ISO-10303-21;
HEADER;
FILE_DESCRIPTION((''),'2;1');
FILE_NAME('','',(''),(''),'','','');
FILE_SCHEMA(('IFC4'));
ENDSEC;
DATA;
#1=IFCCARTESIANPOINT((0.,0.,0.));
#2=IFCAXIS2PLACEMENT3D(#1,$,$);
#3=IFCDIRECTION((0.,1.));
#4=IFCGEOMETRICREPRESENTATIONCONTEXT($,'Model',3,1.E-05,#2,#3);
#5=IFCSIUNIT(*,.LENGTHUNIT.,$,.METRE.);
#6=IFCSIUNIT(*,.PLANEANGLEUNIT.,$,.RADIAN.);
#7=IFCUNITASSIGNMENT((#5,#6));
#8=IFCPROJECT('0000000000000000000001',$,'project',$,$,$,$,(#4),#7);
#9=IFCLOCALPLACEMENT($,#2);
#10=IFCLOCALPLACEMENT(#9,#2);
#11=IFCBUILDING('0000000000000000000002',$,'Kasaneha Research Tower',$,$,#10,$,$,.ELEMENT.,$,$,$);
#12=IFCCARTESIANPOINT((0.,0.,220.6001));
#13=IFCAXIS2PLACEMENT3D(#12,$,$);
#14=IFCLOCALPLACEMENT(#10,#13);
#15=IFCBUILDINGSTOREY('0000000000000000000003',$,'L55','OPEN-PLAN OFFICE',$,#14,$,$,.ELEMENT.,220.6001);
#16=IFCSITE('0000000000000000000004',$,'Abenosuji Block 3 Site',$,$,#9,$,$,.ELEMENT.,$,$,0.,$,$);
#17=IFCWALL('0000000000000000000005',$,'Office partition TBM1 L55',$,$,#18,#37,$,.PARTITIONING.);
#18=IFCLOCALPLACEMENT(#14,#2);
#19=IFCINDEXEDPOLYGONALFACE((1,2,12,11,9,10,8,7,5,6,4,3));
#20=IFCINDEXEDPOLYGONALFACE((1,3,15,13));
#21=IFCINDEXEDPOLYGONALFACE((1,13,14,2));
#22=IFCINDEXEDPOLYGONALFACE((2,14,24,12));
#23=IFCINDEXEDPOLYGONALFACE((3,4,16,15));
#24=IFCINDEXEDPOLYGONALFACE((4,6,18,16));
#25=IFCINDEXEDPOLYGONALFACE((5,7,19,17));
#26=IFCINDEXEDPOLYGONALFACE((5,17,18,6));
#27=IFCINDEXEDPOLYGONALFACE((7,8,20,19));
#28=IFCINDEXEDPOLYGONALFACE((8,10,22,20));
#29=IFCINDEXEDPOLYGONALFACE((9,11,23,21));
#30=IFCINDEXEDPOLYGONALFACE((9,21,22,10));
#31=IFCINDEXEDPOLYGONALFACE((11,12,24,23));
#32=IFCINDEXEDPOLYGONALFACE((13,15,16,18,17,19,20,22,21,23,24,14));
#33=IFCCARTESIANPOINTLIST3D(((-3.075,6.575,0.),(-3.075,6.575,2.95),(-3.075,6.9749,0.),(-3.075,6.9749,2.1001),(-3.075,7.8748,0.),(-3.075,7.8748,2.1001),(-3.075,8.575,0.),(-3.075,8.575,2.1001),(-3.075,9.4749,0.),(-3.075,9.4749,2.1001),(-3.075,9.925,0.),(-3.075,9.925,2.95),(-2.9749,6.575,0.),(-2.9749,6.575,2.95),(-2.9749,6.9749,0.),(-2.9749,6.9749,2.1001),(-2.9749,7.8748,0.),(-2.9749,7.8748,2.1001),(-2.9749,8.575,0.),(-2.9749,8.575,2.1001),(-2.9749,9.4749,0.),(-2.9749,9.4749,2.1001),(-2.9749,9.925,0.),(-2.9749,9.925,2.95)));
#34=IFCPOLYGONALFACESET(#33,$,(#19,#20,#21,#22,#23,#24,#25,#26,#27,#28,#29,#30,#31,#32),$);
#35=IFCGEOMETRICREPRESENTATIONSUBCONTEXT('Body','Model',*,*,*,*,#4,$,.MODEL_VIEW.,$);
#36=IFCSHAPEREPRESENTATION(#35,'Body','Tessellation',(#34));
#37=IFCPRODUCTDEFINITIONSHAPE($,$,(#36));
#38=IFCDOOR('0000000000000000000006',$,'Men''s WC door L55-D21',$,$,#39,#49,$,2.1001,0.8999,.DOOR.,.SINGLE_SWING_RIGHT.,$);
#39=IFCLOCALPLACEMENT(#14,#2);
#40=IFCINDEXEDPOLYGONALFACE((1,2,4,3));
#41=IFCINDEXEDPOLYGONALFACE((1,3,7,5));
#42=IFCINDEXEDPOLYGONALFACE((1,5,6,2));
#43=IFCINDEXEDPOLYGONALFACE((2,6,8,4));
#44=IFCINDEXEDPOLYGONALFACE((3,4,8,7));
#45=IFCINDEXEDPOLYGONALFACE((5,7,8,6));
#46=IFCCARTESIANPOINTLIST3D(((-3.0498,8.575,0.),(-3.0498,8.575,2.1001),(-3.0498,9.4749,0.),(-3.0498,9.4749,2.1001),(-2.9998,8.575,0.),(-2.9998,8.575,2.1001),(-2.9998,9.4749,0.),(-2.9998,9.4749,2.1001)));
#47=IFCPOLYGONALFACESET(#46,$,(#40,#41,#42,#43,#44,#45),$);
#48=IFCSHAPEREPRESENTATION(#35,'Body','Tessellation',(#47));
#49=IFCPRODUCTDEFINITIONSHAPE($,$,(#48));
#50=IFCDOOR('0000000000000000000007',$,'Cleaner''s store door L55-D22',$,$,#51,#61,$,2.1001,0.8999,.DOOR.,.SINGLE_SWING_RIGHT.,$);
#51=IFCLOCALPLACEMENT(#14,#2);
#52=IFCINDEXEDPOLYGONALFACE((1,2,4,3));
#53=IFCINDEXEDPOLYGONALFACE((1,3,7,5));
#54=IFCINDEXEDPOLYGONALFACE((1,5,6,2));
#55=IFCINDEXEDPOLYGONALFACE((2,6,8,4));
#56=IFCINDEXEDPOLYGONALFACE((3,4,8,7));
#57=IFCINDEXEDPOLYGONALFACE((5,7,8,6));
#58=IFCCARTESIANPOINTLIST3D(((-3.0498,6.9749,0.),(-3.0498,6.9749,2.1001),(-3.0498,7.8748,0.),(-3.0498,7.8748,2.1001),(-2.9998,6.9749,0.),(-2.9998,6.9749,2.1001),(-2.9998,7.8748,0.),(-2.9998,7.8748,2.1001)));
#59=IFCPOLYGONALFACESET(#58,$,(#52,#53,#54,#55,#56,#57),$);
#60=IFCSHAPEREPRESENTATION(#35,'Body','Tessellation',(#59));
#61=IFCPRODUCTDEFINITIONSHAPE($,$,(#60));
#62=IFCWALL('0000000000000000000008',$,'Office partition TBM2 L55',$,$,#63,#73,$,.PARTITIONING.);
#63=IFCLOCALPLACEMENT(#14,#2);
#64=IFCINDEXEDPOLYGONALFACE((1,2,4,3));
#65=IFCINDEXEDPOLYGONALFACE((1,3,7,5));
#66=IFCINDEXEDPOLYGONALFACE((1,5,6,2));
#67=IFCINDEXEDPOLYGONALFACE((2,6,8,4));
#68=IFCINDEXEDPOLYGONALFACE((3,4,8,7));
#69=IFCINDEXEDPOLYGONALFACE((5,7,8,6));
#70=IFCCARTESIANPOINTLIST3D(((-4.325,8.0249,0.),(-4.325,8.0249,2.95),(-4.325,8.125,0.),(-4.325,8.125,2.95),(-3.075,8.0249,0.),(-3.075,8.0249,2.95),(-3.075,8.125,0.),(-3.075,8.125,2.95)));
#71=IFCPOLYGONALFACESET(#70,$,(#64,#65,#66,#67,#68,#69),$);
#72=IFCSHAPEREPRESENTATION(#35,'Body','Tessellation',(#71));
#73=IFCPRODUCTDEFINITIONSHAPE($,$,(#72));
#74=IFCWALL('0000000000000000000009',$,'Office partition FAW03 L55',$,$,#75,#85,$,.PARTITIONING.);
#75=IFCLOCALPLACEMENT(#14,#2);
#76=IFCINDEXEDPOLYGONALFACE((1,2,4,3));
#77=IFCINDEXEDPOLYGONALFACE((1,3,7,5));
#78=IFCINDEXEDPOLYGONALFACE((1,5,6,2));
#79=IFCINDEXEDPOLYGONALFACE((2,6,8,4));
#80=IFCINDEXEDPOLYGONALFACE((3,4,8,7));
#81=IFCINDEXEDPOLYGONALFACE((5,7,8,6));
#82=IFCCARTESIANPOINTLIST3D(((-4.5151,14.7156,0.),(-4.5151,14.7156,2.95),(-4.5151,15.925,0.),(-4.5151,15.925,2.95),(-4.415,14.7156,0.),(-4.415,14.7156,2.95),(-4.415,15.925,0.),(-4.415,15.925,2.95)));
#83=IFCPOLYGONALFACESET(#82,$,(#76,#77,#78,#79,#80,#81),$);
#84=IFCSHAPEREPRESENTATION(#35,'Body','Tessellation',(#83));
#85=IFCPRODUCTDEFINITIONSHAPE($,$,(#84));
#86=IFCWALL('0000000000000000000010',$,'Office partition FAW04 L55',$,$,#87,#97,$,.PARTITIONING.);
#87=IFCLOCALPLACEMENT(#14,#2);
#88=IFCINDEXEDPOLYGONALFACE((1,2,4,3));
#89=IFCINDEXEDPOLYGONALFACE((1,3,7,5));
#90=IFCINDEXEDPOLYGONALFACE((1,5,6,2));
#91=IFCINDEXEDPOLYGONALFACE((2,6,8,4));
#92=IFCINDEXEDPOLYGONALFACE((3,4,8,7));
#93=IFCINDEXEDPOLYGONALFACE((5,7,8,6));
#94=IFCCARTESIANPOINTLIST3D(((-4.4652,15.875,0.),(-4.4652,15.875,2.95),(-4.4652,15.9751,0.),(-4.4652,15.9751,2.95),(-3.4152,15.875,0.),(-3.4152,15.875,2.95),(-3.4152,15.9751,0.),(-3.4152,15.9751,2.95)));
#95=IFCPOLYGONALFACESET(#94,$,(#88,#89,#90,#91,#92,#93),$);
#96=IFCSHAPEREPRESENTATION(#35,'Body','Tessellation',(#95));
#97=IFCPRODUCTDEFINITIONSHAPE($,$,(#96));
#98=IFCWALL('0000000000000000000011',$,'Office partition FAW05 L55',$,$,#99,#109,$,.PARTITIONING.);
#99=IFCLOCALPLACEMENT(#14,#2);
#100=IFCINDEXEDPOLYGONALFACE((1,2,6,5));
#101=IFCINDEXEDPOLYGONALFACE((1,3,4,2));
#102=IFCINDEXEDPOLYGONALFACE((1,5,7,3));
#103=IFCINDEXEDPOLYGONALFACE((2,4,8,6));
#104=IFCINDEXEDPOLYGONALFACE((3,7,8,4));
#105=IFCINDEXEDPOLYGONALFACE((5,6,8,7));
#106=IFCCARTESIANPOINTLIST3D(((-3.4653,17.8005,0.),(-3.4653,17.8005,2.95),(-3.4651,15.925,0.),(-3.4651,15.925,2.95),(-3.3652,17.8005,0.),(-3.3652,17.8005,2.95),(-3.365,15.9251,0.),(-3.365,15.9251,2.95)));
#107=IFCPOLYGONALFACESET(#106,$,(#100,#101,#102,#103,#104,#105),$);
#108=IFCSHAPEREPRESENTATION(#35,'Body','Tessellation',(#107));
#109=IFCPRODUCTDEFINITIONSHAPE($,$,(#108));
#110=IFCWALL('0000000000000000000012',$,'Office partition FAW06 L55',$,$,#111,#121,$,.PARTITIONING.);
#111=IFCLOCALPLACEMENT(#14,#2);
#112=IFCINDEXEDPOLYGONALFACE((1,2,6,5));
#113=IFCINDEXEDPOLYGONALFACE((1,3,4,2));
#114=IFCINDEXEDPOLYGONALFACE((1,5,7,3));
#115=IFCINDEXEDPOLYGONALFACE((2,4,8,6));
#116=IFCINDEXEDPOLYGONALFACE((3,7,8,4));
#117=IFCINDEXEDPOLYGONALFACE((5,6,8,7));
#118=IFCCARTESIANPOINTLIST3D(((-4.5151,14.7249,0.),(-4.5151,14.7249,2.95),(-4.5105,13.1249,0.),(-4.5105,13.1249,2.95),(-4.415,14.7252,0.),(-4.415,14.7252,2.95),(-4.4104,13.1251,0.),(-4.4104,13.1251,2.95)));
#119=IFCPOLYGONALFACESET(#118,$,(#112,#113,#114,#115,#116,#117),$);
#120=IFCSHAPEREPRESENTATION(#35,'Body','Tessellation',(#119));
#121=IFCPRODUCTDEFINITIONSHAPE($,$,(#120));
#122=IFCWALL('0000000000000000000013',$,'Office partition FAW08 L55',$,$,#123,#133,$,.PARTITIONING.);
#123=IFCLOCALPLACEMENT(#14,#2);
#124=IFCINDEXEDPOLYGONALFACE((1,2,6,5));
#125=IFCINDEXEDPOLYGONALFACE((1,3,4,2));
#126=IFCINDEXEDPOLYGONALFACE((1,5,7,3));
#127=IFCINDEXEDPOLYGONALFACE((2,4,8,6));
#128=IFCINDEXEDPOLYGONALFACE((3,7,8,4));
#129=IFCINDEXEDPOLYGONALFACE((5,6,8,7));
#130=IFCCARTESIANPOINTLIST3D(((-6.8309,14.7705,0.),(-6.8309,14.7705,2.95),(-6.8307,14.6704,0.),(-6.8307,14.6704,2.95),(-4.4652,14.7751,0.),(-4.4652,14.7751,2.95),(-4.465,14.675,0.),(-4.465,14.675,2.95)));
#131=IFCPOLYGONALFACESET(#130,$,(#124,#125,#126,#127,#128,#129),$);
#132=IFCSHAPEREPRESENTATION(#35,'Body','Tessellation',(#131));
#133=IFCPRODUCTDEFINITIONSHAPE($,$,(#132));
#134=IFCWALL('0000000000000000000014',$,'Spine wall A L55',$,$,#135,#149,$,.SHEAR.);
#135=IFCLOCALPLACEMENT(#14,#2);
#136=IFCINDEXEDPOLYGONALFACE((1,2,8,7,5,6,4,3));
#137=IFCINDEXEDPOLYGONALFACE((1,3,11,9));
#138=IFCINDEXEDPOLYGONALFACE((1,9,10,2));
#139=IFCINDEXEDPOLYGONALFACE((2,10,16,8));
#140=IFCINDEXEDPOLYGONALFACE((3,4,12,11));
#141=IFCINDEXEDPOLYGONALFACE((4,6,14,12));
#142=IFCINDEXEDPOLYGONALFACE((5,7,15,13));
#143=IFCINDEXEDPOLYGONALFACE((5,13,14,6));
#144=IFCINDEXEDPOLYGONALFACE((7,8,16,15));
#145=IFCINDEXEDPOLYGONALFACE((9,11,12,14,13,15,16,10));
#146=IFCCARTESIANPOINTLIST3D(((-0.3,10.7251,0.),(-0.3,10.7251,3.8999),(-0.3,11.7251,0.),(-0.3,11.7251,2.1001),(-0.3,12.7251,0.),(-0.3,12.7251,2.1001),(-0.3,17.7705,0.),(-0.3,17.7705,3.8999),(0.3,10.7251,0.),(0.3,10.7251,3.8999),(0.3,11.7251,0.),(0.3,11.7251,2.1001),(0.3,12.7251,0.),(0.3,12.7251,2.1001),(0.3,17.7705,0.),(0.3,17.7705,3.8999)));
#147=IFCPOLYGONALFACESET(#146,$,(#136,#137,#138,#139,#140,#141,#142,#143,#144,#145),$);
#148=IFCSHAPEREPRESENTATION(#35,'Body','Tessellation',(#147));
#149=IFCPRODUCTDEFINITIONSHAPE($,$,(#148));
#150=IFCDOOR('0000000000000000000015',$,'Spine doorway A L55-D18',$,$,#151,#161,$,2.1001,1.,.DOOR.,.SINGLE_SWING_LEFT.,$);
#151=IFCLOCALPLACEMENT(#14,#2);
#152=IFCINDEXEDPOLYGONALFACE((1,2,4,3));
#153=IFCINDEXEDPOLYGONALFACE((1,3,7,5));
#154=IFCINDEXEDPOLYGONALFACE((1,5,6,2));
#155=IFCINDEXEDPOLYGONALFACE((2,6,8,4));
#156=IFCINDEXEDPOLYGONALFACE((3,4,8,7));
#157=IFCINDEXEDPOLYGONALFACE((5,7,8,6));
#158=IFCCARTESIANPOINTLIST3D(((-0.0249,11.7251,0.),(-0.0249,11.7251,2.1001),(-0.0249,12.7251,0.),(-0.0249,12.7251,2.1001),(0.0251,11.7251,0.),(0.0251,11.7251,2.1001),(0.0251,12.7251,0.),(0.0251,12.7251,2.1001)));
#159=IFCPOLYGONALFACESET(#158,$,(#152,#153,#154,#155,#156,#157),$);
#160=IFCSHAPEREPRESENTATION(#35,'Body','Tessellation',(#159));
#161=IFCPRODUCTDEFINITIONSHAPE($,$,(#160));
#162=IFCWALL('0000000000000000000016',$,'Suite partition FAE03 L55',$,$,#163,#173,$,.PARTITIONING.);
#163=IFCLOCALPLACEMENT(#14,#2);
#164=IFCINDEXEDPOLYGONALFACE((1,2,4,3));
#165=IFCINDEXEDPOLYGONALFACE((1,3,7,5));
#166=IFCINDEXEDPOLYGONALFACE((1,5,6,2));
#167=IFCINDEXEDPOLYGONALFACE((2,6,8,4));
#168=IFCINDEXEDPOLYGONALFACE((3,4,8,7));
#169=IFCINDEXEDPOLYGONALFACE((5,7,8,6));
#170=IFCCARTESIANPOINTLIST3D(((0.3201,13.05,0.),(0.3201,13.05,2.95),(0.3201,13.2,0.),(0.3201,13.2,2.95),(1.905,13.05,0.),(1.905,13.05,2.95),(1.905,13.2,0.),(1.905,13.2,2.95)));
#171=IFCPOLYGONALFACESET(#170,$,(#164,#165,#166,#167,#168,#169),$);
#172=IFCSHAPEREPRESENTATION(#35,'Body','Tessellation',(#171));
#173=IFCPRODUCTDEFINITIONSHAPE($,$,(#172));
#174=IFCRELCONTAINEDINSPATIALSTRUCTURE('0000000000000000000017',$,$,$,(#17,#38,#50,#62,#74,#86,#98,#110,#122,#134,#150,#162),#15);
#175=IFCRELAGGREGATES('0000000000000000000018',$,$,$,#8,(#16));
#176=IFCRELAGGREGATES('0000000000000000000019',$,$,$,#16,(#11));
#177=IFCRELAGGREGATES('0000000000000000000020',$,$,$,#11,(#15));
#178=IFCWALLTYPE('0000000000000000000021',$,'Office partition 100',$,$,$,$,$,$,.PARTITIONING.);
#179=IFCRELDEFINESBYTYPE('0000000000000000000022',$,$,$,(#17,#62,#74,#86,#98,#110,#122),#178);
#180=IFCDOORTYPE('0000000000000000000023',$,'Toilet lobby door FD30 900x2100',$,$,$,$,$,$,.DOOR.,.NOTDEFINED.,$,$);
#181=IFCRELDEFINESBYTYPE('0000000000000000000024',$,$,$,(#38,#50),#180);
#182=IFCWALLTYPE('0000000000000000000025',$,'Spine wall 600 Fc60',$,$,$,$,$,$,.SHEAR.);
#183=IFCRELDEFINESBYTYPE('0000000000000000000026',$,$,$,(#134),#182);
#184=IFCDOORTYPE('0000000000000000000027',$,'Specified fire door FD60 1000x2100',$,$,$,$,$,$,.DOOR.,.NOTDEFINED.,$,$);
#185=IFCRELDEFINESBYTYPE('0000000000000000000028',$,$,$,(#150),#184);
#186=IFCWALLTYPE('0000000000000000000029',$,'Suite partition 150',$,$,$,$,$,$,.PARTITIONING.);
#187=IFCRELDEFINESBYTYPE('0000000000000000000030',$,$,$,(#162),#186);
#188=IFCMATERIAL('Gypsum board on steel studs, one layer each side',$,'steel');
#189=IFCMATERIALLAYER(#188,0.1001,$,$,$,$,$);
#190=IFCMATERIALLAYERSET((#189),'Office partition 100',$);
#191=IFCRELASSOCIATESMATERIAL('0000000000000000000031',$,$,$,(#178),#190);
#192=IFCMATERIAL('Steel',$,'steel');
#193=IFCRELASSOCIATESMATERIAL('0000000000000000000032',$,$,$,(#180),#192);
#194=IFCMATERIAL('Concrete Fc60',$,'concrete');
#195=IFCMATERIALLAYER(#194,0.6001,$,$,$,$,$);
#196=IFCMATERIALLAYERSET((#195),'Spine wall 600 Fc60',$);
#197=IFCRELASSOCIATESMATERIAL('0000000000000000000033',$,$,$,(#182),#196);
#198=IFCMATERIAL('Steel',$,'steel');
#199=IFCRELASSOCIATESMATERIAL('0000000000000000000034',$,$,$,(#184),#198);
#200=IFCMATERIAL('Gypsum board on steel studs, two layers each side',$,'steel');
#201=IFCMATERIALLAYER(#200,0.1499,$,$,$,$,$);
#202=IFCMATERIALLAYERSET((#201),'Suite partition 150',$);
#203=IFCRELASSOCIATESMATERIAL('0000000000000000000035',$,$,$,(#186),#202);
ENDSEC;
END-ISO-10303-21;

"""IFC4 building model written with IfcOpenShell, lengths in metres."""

from ifc_helpers import new_model, si_unit, direction, frame, frame_2d, origin, place, context, subcontext, project, spatial, rectangle, extrude, material, layer, layer_set, type_object, element, fill, save


model = new_model("IFC4")

# Units and contexts
model_context = context("Model", 3, precision=1e-05, world=origin(), true_north=direction((0.0, 1.0)))
body_context = subcontext(model_context, "Body", "Model", "MODEL_VIEW")
ifc_project = project(units=[si_unit("LENGTHUNIT", "METRE"), si_unit("PLANEANGLEUNIT", "RADIAN")], contexts=[model_context])

# Site, building, storey
site_placement = place(None, origin())
site = spatial("IfcSite", under=ifc_project, at=site_placement, Name="Abenosuji Block 3 Site", CompositionType="ELEMENT", RefElevation=0.0)
building_placement = place(site_placement, origin())
building = spatial("IfcBuilding", under=site, at=building_placement, Name="Kasaneha Research Tower", CompositionType="ELEMENT")
storey_placement = place(building_placement, frame((0.0, 0.0, 220.6001)))
storey = spatial("IfcBuildingStorey", under=building, at=storey_placement, Name="L55", Description="OPEN-PLAN OFFICE", CompositionType="ELEMENT", Elevation=220.6001)

# Wall, openings, doors
ifc_material_1 = material(Name="Gypsum board on steel studs, one layer each side", Category="steel")
ifc_layer_1 = layer(ifc_material_1, 0.1001)
ifc_layer_set_1 = layer_set([ifc_layer_1], Name="Office partition 100")
wall_type_1 = type_object("IfcWallType", Name="Office partition 100", PredefinedType="PARTITIONING", material=ifc_layer_set_1)
wall_1_placement = place(storey_placement, frame((-3.0249, 6.575, 0.0), z_axis=(0.0, 0.0, 1.0), x_axis=(0.0, 1.0, 0.0)))
wall_1 = element("IfcWall", 1, at=wall_1_placement, inside=storey, type_object=wall_type_1, Name="Office partition TBM1 L55", PredefinedType="PARTITIONING", context=body_context, shape_type="SweptSolid", body=[
    extrude(rectangle(XDim=3.3501, YDim=0.1001, at=frame_2d((1.675, 0.0))), origin(), (0.0, 0.0, 1.0), 2.95),
])
opening_1_placement = place(wall_1_placement, frame((2.0, 0.0, 0.0)))
opening_1 = element("IfcOpeningElement", 2, at=opening_1_placement, cuts=wall_1, PredefinedType="OPENING", context=body_context, shape_type="SweptSolid", body=[
    extrude(rectangle(XDim=0.8999, YDim=2.1001, at=frame_2d((0.45, 1.05))), frame((0.0, 0.0601, 0.0), z_axis=(0.0, -1.0, 0.0), x_axis=(1.0, 0.0, 0.0)), (0.0, 0.0, 1.0), 0.1201),
])
opening_2_placement = place(wall_1_placement, frame((0.3999, 0.0, 0.0)))
opening_2 = element("IfcOpeningElement", 3, at=opening_2_placement, cuts=wall_1, PredefinedType="OPENING", context=body_context, shape_type="SweptSolid", body=[
    extrude(rectangle(XDim=0.8999, YDim=2.1001, at=frame_2d((0.45, 1.05))), frame((0.0, 0.0601, 0.0), z_axis=(0.0, -1.0, 0.0), x_axis=(1.0, 0.0, 0.0)), (0.0, 0.0, 1.0), 0.1201),
])
ifc_material_2 = material(Name="Steel", Category="steel")
door_type_1 = type_object("IfcDoorType", Name="Toilet lobby door FD30 900x2100", OperationType="NOTDEFINED", PredefinedType="DOOR", material=ifc_material_2)
door_1_placement = place(opening_1_placement, origin())
door_1 = element("IfcDoor", 4, at=door_1_placement, inside=storey, type_object=door_type_1, Name="Men's WC door L55-D21", OperationType="SINGLE_SWING_RIGHT", OverallHeight=2.1001, OverallWidth=0.8999, PredefinedType="DOOR", context=body_context, shape_type="SweptSolid", body=[
    extrude(rectangle(XDim=0.8999, YDim=2.1001, at=frame_2d((0.45, 1.05))), frame((0.0, 0.0249, 0.0), z_axis=(0.0, -1.0, 0.0), x_axis=(1.0, 0.0, 0.0)), (0.0, 0.0, 1.0), 0.05),
])
fill(opening_1, door_1)
door_2_placement = place(opening_2_placement, origin())
door_2 = element("IfcDoor", 5, at=door_2_placement, inside=storey, type_object=door_type_1, Name="Cleaner's store door L55-D22", OperationType="SINGLE_SWING_RIGHT", OverallHeight=2.1001, OverallWidth=0.8999, PredefinedType="DOOR", context=body_context, shape_type="SweptSolid", body=[
    extrude(rectangle(XDim=0.8999, YDim=2.1001, at=frame_2d((0.45, 1.05))), frame((0.0, 0.0249, 0.0), z_axis=(0.0, -1.0, 0.0), x_axis=(1.0, 0.0, 0.0)), (0.0, 0.0, 1.0), 0.05),
])
fill(opening_2, door_2)

# Walls
wall_2_placement = place(storey_placement, frame((-3.075, 8.075, 0.0), z_axis=(0.0, 0.0, 1.0), x_axis=(-1.0, 0.0, 0.0)))
element("IfcWall", 6, at=wall_2_placement, inside=storey, type_object=wall_type_1, Name="Office partition TBM2 L55", PredefinedType="PARTITIONING", context=body_context, shape_type="SweptSolid", body=[
    extrude(rectangle(XDim=1.25, YDim=0.1001, at=frame_2d((0.625, 0.0))), origin(), (0.0, 0.0, 1.0), 2.95),
])
wall_3_placement = place(storey_placement, frame((-4.4651, 14.7156, 0.0), z_axis=(0.0, 0.0, 1.0), x_axis=(0.0, 1.0, 0.0)))
element("IfcWall", 7, at=wall_3_placement, inside=storey, type_object=wall_type_1, Name="Office partition FAW03 L55", PredefinedType="PARTITIONING", context=body_context, shape_type="SweptSolid", body=[
    extrude(rectangle(XDim=1.2095, YDim=0.1001, at=frame_2d((0.6047, 0.0))), origin(), (0.0, 0.0, 1.0), 2.95),
])
wall_4_placement = place(storey_placement, frame((-4.4651, 15.925, 0.0), z_axis=(0.0, 0.0, 1.0), x_axis=(1.0, 0.0, 0.0)))
element("IfcWall", 8, at=wall_4_placement, inside=storey, type_object=wall_type_1, Name="Office partition FAW04 L55", PredefinedType="PARTITIONING", context=body_context, shape_type="SweptSolid", body=[
    extrude(rectangle(XDim=1.05, YDim=0.1001, at=frame_2d((0.5249, 0.0))), origin(), (0.0, 0.0, 1.0), 2.95),
])
wall_5_placement = place(storey_placement, frame((-3.415, 15.925, 0.0), z_axis=(0.0, 0.0, 1.0), x_axis=(-0.00013, 1.0, 0.0)))
element("IfcWall", 9, at=wall_5_placement, inside=storey, type_object=wall_type_1, Name="Office partition FAW05 L55", PredefinedType="PARTITIONING", context=body_context, shape_type="SweptSolid", body=[
    extrude(rectangle(XDim=1.8755, YDim=0.1001, at=frame_2d((0.9377, 0.0))), origin(), (0.0, 0.0, 1.0), 2.95),
])
wall_6_placement = place(storey_placement, frame((-4.4604, 13.125, 0.0), z_axis=(0.0, 0.0, 1.0), x_axis=(-0.002899, 0.999996, 0.0)))
element("IfcWall", 10, at=wall_6_placement, inside=storey, type_object=wall_type_1, Name="Office partition FAW06 L55", PredefinedType="PARTITIONING", context=body_context, shape_type="SweptSolid", body=[
    extrude(rectangle(XDim=1.6001, YDim=0.1001, at=frame_2d((0.8, 0.0))), origin(), (0.0, 0.0, 1.0), 2.95),
])
wall_7_placement = place(storey_placement, frame((-4.4651, 14.7251, 0.0), z_axis=(0.0, 0.0, 1.0), x_axis=(-0.999998, -0.001961, 0.0)))
element("IfcWall", 11, at=wall_7_placement, inside=storey, type_object=wall_type_1, Name="Office partition FAW08 L55", PredefinedType="PARTITIONING", context=body_context, shape_type="SweptSolid", body=[
    extrude(rectangle(XDim=2.3657, YDim=0.1001, at=frame_2d((1.1829, 0.0))), origin(), (0.0, 0.0, 1.0), 2.95),
])

# Wall, opening, door
ifc_material_3 = material(Name="Concrete Fc60", Category="concrete")
ifc_layer_2 = layer(ifc_material_3, 0.6001)
ifc_layer_set_2 = layer_set([ifc_layer_2], Name="Spine wall 600 Fc60")
wall_type_2 = type_object("IfcWallType", Name="Spine wall 600 Fc60", PredefinedType="SHEAR", material=ifc_layer_set_2)
wall_8_placement = place(storey_placement, frame((0.0, 10.7251, 0.0), z_axis=(0.0, 0.0, 1.0), x_axis=(0.0, 1.0, 0.0)))
wall_8 = element("IfcWall", 12, at=wall_8_placement, inside=storey, type_object=wall_type_2, Name="Spine wall A L55", PredefinedType="SHEAR", context=body_context, shape_type="SweptSolid", body=[
    extrude(rectangle(XDim=7.0454, YDim=0.6001, at=frame_2d((3.5227, 0.0))), origin(), (0.0, 0.0, 1.0), 3.8999),
])
opening_3_placement = place(wall_8_placement, frame((1.0, 0.0, 0.0)))
opening_3 = element("IfcOpeningElement", 13, at=opening_3_placement, cuts=wall_8, PredefinedType="OPENING", context=body_context, shape_type="SweptSolid", body=[
    extrude(rectangle(XDim=1.0, YDim=2.1001, at=frame_2d((0.5, 1.05))), frame((0.0, 0.3101, 0.0), z_axis=(0.0, -1.0, 0.0), x_axis=(1.0, 0.0, 0.0)), (0.0, 0.0, 1.0), 0.6201),
])
ifc_material_4 = material(Name="Steel", Category="steel")
door_type_2 = type_object("IfcDoorType", Name="Specified fire door FD60 1000x2100", OperationType="NOTDEFINED", PredefinedType="DOOR", material=ifc_material_4)
door_3_placement = place(opening_3_placement, origin())
door_3 = element("IfcDoor", 14, at=door_3_placement, inside=storey, type_object=door_type_2, Name="Spine doorway A L55-D18", OperationType="SINGLE_SWING_LEFT", OverallHeight=2.1001, OverallWidth=1.0, PredefinedType="DOOR", context=body_context, shape_type="SweptSolid", body=[
    extrude(rectangle(XDim=1.0, YDim=2.1001, at=frame_2d((0.5, 1.05))), frame((0.0, 0.0249, 0.0), z_axis=(0.0, -1.0, 0.0), x_axis=(1.0, 0.0, 0.0)), (0.0, 0.0, 1.0), 0.05),
])
fill(opening_3, door_3)

# Wall
ifc_material_5 = material(Name="Gypsum board on steel studs, two layers each side", Category="steel")
ifc_layer_3 = layer(ifc_material_5, 0.1499)
ifc_layer_set_3 = layer_set([ifc_layer_3], Name="Suite partition 150")
wall_type_3 = type_object("IfcWallType", Name="Suite partition 150", PredefinedType="PARTITIONING", material=ifc_layer_set_3)
wall_9_placement = place(storey_placement, frame((0.3201, 13.125, 0.0), z_axis=(0.0, 0.0, 1.0), x_axis=(1.0, 0.0, 0.0)))
element("IfcWall", 15, at=wall_9_placement, inside=storey, type_object=wall_type_3, Name="Suite partition FAE03 L55", PredefinedType="PARTITIONING", context=body_context, shape_type="SweptSolid", body=[
    extrude(rectangle(XDim=1.585, YDim=0.1499, at=frame_2d((0.7925, 0.0))), origin(), (0.0, 0.0, 1.0), 2.95),
])

save(model, "model.ifc")
